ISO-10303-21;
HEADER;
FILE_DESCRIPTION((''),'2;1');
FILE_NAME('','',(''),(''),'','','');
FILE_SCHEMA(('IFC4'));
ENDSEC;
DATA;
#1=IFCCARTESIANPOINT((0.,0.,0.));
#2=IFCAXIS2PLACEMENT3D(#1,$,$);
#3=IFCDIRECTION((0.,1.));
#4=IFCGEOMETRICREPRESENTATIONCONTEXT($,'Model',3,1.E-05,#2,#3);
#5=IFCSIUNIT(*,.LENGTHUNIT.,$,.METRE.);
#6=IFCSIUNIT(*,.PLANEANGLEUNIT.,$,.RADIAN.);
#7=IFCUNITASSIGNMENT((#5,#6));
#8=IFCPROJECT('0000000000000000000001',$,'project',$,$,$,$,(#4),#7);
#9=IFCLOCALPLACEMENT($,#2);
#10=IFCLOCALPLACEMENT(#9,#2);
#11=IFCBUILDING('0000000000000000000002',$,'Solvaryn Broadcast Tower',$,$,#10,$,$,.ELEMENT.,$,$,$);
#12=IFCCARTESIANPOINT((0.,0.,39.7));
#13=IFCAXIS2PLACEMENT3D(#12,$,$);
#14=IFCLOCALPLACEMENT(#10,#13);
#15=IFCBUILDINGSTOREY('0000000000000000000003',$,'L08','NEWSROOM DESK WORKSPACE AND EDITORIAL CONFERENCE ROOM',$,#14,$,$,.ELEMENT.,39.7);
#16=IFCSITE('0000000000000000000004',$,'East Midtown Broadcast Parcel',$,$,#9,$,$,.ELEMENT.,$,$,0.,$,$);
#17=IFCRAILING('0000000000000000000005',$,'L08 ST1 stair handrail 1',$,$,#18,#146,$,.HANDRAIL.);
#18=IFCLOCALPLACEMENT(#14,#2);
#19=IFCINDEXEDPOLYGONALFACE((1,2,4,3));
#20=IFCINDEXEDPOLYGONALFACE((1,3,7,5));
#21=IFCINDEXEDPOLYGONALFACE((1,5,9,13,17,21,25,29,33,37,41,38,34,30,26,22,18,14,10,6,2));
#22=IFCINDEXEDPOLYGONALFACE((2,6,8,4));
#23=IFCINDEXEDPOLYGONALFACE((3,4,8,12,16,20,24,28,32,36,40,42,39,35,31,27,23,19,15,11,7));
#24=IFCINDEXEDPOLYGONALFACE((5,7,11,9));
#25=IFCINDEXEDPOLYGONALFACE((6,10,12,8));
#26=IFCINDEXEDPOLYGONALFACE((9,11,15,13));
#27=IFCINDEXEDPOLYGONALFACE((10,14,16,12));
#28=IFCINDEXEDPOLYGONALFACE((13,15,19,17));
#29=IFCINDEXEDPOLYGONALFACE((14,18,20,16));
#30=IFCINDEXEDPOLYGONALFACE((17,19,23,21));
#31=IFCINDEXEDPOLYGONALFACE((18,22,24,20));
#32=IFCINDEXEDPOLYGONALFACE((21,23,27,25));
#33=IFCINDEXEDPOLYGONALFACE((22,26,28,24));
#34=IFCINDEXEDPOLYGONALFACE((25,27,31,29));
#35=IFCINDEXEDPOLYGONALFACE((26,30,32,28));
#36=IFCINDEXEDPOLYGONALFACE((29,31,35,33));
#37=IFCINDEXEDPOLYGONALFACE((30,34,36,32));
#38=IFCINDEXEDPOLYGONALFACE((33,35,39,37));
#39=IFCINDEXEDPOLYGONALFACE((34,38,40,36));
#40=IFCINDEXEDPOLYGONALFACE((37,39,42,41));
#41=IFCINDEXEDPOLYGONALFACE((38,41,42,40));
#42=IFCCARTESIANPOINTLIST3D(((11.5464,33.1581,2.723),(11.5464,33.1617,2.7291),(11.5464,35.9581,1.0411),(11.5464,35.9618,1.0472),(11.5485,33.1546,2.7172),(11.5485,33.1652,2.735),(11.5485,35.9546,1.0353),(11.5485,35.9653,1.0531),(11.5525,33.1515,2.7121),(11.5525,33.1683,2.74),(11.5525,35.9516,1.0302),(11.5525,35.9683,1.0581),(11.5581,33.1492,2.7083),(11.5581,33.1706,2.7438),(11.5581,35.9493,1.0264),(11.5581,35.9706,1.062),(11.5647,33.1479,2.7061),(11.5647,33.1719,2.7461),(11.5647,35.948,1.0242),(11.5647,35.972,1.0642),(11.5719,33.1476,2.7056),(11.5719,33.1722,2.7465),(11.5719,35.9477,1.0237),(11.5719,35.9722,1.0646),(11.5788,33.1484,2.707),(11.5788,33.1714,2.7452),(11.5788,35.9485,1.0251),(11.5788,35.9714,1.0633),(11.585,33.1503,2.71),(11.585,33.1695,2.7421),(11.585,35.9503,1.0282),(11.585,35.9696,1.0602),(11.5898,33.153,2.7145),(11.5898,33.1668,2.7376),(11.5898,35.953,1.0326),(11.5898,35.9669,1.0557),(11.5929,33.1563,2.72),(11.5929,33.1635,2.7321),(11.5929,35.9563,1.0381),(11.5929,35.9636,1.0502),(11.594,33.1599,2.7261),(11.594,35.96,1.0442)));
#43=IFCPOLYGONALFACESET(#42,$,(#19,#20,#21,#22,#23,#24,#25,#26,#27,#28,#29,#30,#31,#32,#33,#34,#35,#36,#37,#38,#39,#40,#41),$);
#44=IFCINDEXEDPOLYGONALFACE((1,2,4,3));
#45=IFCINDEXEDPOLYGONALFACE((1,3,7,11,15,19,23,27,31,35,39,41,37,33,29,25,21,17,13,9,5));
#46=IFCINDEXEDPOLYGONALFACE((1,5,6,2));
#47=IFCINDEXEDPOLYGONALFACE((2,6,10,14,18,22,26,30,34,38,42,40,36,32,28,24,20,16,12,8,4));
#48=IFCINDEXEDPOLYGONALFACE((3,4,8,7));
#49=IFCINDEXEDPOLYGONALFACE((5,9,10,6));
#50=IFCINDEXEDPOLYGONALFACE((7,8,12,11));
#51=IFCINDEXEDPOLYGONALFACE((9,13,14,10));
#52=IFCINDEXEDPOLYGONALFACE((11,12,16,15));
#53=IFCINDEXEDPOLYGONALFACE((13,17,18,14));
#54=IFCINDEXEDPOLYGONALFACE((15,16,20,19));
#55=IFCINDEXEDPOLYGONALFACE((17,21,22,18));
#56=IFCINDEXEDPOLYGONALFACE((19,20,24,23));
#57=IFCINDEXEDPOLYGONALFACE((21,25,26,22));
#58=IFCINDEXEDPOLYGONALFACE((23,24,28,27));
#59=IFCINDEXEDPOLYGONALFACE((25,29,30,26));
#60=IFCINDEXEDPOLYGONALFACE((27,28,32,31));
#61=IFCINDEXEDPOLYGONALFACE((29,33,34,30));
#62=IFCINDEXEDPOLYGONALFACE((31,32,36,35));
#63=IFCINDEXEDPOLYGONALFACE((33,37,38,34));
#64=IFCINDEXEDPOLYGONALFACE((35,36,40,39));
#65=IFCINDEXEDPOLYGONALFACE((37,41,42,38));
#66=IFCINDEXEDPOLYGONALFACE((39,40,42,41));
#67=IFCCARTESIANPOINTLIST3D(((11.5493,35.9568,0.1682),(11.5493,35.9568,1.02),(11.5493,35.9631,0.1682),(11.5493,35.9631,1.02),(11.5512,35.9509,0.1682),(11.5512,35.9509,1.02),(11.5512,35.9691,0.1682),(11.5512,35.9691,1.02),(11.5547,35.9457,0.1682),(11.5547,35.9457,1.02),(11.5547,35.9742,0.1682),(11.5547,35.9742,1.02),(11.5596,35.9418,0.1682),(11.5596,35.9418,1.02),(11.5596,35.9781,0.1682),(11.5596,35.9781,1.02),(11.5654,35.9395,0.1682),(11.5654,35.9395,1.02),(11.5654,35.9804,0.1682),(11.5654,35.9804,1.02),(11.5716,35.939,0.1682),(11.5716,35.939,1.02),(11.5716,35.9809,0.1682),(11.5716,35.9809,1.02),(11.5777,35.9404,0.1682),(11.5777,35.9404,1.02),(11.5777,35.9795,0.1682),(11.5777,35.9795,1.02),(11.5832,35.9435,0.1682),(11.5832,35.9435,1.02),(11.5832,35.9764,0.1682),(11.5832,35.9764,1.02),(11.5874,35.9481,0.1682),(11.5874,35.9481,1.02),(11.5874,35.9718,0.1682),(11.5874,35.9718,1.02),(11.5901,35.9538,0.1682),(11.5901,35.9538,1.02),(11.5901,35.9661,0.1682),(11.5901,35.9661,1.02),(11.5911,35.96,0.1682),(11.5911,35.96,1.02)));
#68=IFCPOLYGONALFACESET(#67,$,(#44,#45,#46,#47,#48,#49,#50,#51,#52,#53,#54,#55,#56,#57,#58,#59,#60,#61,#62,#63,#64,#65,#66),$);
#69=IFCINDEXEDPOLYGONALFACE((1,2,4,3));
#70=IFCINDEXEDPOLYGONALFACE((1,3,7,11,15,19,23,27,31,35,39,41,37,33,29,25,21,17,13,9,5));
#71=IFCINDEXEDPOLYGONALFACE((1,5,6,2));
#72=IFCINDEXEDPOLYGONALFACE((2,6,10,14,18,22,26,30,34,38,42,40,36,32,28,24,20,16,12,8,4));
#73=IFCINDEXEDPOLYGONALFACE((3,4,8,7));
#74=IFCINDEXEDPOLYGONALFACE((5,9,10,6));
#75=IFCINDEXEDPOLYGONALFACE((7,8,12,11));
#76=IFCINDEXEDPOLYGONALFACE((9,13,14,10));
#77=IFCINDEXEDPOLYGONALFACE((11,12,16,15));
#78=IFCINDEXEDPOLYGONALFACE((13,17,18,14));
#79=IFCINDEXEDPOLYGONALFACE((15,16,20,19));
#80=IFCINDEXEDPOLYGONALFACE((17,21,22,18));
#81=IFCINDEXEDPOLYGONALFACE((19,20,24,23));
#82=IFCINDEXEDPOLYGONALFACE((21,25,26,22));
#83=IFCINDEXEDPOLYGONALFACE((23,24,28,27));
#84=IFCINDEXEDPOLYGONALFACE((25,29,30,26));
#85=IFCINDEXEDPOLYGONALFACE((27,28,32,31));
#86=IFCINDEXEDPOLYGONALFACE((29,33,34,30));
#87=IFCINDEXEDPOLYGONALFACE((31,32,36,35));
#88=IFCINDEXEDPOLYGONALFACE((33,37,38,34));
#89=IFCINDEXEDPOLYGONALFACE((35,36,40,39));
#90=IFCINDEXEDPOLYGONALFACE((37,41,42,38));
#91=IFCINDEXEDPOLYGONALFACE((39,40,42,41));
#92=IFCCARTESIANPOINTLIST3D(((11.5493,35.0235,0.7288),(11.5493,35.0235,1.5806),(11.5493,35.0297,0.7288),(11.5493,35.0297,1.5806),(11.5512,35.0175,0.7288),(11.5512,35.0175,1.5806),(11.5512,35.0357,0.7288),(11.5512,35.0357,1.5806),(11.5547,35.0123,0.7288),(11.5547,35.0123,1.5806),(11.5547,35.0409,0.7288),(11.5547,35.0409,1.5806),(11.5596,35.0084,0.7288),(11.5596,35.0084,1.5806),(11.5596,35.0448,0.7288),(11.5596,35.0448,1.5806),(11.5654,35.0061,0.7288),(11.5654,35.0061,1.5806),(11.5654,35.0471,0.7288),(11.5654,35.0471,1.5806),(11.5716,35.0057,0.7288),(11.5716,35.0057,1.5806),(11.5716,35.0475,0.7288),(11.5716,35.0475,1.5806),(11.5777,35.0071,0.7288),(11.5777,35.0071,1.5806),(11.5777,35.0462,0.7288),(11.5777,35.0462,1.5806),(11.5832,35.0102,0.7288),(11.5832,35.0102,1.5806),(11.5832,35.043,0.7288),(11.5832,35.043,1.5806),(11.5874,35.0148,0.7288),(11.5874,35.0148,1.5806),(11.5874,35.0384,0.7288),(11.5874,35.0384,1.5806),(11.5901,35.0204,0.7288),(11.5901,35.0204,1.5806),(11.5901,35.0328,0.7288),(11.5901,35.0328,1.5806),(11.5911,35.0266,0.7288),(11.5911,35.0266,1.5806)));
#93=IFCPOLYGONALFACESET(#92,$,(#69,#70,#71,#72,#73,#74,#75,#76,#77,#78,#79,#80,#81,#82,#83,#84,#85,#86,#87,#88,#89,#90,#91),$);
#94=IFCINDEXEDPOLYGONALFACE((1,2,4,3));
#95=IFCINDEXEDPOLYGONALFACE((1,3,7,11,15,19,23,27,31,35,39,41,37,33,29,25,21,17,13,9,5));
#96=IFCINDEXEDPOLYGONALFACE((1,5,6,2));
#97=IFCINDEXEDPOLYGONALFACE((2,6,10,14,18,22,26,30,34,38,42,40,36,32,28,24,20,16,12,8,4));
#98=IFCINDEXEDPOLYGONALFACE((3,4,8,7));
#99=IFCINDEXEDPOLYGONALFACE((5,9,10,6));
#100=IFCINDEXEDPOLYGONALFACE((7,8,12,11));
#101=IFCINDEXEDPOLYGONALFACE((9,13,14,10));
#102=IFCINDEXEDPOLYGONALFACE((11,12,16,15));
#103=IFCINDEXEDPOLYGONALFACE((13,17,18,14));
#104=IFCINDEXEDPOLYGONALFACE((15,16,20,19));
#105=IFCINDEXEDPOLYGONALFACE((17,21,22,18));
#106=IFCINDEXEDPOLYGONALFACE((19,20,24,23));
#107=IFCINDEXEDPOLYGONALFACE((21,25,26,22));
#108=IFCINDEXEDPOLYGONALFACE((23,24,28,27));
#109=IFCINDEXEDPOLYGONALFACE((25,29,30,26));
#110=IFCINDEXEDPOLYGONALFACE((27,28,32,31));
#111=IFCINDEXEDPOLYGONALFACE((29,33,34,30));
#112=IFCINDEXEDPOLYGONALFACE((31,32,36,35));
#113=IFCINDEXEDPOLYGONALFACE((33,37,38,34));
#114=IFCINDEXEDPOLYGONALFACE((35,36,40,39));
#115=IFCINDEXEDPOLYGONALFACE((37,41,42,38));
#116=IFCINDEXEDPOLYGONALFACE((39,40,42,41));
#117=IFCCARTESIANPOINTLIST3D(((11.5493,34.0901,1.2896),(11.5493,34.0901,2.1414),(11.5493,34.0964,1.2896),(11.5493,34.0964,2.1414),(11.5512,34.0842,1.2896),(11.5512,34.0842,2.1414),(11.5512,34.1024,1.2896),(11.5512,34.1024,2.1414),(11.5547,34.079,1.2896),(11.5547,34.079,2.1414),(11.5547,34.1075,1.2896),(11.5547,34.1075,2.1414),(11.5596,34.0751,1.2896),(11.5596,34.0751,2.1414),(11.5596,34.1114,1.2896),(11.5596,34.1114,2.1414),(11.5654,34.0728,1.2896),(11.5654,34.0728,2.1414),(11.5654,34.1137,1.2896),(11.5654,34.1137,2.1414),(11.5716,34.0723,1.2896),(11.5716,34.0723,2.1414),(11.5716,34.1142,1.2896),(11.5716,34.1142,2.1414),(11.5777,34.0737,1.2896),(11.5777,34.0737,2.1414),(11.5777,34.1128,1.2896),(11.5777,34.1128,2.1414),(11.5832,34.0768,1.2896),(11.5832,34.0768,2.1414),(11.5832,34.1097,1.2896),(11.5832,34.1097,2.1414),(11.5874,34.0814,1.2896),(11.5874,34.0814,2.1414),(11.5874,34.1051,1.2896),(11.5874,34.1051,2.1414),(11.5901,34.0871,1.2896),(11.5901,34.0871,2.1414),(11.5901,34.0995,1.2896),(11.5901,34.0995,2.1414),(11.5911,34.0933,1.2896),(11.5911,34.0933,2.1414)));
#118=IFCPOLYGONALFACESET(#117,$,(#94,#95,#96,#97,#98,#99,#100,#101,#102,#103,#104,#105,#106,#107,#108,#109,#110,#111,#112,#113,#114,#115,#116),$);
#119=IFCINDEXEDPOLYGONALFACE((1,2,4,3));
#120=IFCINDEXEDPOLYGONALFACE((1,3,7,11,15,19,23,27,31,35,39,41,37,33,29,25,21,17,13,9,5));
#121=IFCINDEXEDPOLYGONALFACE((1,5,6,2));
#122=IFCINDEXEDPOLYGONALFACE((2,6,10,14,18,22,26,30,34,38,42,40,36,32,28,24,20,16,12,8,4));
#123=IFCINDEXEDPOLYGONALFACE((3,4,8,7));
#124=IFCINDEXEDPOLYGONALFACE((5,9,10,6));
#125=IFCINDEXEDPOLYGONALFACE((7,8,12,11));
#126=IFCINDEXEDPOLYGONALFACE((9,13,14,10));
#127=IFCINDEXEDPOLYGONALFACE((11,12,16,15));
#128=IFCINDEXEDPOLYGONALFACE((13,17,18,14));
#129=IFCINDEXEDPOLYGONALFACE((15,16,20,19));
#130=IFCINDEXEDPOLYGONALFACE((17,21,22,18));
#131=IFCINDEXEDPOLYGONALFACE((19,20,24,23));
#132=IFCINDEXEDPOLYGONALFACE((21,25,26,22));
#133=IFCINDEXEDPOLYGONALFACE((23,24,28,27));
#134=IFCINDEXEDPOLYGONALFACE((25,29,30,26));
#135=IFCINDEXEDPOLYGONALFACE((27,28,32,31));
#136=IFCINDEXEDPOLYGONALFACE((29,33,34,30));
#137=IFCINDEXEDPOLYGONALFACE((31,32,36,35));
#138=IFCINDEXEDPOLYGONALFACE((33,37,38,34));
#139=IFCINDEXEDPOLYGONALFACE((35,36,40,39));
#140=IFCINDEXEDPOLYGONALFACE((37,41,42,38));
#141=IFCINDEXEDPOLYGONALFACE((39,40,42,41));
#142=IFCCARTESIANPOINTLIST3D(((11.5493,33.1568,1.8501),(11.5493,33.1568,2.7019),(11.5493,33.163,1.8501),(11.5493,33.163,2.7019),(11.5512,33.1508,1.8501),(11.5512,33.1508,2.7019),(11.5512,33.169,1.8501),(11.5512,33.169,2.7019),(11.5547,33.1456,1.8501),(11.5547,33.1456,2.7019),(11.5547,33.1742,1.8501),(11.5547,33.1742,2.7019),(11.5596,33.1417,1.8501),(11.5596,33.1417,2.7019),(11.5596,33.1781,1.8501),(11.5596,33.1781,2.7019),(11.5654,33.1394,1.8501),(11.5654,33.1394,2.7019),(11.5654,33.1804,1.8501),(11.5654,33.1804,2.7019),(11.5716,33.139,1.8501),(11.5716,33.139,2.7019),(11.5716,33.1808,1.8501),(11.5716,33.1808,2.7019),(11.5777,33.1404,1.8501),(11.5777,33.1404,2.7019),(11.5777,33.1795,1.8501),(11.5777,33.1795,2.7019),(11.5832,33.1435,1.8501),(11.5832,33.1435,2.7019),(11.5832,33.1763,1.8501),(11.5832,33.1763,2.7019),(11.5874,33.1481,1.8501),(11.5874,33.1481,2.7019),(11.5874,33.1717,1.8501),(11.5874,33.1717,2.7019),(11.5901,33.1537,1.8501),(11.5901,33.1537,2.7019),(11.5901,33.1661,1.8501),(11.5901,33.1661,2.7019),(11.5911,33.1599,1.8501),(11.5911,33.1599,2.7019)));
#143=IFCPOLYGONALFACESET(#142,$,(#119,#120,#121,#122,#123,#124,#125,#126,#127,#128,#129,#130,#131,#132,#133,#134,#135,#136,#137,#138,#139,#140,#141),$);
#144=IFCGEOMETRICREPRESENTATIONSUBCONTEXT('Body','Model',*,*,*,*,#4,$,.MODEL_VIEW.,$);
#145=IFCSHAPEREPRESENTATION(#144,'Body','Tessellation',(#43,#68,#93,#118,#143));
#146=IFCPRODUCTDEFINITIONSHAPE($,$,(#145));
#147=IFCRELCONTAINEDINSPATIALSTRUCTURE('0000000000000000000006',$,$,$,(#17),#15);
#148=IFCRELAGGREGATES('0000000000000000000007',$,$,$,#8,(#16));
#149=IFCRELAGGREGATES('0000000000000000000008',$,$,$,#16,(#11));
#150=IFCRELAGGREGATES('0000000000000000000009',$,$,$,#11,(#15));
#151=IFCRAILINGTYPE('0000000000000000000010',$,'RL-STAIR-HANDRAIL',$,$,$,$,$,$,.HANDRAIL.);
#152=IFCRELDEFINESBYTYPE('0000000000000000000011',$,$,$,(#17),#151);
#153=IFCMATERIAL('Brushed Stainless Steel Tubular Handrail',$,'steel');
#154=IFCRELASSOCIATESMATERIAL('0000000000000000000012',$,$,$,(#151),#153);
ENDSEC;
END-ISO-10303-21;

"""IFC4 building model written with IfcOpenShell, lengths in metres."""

from ifc_helpers import new_model, si_unit, direction, frame, origin, origin_2d, place, context, subcontext, project, spatial, circle, extrude, material, type_object, element, save


model = new_model("IFC4")

# Units and contexts
model_context = context("Model", 3, precision=1e-05, world=origin(), true_north=direction((0.0, 1.0)))
body_context = subcontext(model_context, "Body", "Model", "MODEL_VIEW")
ifc_project = project(units=[si_unit("LENGTHUNIT", "METRE"), si_unit("PLANEANGLEUNIT", "RADIAN")], contexts=[model_context])

# Site, building, storey
site_placement = place(None, origin())
site = spatial("IfcSite", under=ifc_project, at=site_placement, Name="East Midtown Broadcast Parcel", CompositionType="ELEMENT", RefElevation=0.0)
building_placement = place(site_placement, origin())
building = spatial("IfcBuilding", under=site, at=building_placement, Name="Solvaryn Broadcast Tower", CompositionType="ELEMENT")
storey_placement = place(building_placement, frame((0.0, 0.0, 39.7)))
storey = spatial("IfcBuildingStorey", under=building, at=storey_placement, Name="L08", Description="NEWSROOM DESK WORKSPACE AND EDITORIAL CONFERENCE ROOM", CompositionType="ELEMENT", Elevation=39.7)

# Railing
ifc_material_1 = material(Name="Brushed Stainless Steel Tubular Handrail", Category="steel")
railing_type_1 = type_object("IfcRailingType", Name="RL-STAIR-HANDRAIL", PredefinedType="HANDRAIL", material=ifc_material_1)
railing_1_placement = place(storey_placement, frame((11.5701, 35.96, 0.1682)))
element("IfcRailing", 1, at=railing_1_placement, inside=storey, type_object=railing_type_1, Name="L08 ST1 stair handrail 1", PredefinedType="HANDRAIL", context=body_context, shape_type="SweptSolid", body=[
    extrude(circle(Radius=0.0239, at=origin_2d()), frame((0.0, 0.0, 0.876), z_axis=(0.0, -0.857242, 0.514913), x_axis=(1.0, 0.0, 0.0)), (0.0, 0.0, 1.0), 3.2664),
    extrude(circle(Radius=0.021, at=origin_2d()), origin(), (0.0, 0.0, 1.0), 0.8518),
    extrude(circle(Radius=0.021, at=origin_2d()), frame((0.0, -0.9333, 0.5605)), (0.0, 0.0, 1.0), 0.8518),
    extrude(circle(Radius=0.021, at=origin_2d()), frame((0.0, -1.8667, 1.1213)), (0.0, 0.0, 1.0), 0.8518),
    extrude(circle(Radius=0.021, at=origin_2d()), frame((0.0, -2.8, 1.6819)), (0.0, 0.0, 1.0), 0.8518),
])

save(model, "model.ifc")
